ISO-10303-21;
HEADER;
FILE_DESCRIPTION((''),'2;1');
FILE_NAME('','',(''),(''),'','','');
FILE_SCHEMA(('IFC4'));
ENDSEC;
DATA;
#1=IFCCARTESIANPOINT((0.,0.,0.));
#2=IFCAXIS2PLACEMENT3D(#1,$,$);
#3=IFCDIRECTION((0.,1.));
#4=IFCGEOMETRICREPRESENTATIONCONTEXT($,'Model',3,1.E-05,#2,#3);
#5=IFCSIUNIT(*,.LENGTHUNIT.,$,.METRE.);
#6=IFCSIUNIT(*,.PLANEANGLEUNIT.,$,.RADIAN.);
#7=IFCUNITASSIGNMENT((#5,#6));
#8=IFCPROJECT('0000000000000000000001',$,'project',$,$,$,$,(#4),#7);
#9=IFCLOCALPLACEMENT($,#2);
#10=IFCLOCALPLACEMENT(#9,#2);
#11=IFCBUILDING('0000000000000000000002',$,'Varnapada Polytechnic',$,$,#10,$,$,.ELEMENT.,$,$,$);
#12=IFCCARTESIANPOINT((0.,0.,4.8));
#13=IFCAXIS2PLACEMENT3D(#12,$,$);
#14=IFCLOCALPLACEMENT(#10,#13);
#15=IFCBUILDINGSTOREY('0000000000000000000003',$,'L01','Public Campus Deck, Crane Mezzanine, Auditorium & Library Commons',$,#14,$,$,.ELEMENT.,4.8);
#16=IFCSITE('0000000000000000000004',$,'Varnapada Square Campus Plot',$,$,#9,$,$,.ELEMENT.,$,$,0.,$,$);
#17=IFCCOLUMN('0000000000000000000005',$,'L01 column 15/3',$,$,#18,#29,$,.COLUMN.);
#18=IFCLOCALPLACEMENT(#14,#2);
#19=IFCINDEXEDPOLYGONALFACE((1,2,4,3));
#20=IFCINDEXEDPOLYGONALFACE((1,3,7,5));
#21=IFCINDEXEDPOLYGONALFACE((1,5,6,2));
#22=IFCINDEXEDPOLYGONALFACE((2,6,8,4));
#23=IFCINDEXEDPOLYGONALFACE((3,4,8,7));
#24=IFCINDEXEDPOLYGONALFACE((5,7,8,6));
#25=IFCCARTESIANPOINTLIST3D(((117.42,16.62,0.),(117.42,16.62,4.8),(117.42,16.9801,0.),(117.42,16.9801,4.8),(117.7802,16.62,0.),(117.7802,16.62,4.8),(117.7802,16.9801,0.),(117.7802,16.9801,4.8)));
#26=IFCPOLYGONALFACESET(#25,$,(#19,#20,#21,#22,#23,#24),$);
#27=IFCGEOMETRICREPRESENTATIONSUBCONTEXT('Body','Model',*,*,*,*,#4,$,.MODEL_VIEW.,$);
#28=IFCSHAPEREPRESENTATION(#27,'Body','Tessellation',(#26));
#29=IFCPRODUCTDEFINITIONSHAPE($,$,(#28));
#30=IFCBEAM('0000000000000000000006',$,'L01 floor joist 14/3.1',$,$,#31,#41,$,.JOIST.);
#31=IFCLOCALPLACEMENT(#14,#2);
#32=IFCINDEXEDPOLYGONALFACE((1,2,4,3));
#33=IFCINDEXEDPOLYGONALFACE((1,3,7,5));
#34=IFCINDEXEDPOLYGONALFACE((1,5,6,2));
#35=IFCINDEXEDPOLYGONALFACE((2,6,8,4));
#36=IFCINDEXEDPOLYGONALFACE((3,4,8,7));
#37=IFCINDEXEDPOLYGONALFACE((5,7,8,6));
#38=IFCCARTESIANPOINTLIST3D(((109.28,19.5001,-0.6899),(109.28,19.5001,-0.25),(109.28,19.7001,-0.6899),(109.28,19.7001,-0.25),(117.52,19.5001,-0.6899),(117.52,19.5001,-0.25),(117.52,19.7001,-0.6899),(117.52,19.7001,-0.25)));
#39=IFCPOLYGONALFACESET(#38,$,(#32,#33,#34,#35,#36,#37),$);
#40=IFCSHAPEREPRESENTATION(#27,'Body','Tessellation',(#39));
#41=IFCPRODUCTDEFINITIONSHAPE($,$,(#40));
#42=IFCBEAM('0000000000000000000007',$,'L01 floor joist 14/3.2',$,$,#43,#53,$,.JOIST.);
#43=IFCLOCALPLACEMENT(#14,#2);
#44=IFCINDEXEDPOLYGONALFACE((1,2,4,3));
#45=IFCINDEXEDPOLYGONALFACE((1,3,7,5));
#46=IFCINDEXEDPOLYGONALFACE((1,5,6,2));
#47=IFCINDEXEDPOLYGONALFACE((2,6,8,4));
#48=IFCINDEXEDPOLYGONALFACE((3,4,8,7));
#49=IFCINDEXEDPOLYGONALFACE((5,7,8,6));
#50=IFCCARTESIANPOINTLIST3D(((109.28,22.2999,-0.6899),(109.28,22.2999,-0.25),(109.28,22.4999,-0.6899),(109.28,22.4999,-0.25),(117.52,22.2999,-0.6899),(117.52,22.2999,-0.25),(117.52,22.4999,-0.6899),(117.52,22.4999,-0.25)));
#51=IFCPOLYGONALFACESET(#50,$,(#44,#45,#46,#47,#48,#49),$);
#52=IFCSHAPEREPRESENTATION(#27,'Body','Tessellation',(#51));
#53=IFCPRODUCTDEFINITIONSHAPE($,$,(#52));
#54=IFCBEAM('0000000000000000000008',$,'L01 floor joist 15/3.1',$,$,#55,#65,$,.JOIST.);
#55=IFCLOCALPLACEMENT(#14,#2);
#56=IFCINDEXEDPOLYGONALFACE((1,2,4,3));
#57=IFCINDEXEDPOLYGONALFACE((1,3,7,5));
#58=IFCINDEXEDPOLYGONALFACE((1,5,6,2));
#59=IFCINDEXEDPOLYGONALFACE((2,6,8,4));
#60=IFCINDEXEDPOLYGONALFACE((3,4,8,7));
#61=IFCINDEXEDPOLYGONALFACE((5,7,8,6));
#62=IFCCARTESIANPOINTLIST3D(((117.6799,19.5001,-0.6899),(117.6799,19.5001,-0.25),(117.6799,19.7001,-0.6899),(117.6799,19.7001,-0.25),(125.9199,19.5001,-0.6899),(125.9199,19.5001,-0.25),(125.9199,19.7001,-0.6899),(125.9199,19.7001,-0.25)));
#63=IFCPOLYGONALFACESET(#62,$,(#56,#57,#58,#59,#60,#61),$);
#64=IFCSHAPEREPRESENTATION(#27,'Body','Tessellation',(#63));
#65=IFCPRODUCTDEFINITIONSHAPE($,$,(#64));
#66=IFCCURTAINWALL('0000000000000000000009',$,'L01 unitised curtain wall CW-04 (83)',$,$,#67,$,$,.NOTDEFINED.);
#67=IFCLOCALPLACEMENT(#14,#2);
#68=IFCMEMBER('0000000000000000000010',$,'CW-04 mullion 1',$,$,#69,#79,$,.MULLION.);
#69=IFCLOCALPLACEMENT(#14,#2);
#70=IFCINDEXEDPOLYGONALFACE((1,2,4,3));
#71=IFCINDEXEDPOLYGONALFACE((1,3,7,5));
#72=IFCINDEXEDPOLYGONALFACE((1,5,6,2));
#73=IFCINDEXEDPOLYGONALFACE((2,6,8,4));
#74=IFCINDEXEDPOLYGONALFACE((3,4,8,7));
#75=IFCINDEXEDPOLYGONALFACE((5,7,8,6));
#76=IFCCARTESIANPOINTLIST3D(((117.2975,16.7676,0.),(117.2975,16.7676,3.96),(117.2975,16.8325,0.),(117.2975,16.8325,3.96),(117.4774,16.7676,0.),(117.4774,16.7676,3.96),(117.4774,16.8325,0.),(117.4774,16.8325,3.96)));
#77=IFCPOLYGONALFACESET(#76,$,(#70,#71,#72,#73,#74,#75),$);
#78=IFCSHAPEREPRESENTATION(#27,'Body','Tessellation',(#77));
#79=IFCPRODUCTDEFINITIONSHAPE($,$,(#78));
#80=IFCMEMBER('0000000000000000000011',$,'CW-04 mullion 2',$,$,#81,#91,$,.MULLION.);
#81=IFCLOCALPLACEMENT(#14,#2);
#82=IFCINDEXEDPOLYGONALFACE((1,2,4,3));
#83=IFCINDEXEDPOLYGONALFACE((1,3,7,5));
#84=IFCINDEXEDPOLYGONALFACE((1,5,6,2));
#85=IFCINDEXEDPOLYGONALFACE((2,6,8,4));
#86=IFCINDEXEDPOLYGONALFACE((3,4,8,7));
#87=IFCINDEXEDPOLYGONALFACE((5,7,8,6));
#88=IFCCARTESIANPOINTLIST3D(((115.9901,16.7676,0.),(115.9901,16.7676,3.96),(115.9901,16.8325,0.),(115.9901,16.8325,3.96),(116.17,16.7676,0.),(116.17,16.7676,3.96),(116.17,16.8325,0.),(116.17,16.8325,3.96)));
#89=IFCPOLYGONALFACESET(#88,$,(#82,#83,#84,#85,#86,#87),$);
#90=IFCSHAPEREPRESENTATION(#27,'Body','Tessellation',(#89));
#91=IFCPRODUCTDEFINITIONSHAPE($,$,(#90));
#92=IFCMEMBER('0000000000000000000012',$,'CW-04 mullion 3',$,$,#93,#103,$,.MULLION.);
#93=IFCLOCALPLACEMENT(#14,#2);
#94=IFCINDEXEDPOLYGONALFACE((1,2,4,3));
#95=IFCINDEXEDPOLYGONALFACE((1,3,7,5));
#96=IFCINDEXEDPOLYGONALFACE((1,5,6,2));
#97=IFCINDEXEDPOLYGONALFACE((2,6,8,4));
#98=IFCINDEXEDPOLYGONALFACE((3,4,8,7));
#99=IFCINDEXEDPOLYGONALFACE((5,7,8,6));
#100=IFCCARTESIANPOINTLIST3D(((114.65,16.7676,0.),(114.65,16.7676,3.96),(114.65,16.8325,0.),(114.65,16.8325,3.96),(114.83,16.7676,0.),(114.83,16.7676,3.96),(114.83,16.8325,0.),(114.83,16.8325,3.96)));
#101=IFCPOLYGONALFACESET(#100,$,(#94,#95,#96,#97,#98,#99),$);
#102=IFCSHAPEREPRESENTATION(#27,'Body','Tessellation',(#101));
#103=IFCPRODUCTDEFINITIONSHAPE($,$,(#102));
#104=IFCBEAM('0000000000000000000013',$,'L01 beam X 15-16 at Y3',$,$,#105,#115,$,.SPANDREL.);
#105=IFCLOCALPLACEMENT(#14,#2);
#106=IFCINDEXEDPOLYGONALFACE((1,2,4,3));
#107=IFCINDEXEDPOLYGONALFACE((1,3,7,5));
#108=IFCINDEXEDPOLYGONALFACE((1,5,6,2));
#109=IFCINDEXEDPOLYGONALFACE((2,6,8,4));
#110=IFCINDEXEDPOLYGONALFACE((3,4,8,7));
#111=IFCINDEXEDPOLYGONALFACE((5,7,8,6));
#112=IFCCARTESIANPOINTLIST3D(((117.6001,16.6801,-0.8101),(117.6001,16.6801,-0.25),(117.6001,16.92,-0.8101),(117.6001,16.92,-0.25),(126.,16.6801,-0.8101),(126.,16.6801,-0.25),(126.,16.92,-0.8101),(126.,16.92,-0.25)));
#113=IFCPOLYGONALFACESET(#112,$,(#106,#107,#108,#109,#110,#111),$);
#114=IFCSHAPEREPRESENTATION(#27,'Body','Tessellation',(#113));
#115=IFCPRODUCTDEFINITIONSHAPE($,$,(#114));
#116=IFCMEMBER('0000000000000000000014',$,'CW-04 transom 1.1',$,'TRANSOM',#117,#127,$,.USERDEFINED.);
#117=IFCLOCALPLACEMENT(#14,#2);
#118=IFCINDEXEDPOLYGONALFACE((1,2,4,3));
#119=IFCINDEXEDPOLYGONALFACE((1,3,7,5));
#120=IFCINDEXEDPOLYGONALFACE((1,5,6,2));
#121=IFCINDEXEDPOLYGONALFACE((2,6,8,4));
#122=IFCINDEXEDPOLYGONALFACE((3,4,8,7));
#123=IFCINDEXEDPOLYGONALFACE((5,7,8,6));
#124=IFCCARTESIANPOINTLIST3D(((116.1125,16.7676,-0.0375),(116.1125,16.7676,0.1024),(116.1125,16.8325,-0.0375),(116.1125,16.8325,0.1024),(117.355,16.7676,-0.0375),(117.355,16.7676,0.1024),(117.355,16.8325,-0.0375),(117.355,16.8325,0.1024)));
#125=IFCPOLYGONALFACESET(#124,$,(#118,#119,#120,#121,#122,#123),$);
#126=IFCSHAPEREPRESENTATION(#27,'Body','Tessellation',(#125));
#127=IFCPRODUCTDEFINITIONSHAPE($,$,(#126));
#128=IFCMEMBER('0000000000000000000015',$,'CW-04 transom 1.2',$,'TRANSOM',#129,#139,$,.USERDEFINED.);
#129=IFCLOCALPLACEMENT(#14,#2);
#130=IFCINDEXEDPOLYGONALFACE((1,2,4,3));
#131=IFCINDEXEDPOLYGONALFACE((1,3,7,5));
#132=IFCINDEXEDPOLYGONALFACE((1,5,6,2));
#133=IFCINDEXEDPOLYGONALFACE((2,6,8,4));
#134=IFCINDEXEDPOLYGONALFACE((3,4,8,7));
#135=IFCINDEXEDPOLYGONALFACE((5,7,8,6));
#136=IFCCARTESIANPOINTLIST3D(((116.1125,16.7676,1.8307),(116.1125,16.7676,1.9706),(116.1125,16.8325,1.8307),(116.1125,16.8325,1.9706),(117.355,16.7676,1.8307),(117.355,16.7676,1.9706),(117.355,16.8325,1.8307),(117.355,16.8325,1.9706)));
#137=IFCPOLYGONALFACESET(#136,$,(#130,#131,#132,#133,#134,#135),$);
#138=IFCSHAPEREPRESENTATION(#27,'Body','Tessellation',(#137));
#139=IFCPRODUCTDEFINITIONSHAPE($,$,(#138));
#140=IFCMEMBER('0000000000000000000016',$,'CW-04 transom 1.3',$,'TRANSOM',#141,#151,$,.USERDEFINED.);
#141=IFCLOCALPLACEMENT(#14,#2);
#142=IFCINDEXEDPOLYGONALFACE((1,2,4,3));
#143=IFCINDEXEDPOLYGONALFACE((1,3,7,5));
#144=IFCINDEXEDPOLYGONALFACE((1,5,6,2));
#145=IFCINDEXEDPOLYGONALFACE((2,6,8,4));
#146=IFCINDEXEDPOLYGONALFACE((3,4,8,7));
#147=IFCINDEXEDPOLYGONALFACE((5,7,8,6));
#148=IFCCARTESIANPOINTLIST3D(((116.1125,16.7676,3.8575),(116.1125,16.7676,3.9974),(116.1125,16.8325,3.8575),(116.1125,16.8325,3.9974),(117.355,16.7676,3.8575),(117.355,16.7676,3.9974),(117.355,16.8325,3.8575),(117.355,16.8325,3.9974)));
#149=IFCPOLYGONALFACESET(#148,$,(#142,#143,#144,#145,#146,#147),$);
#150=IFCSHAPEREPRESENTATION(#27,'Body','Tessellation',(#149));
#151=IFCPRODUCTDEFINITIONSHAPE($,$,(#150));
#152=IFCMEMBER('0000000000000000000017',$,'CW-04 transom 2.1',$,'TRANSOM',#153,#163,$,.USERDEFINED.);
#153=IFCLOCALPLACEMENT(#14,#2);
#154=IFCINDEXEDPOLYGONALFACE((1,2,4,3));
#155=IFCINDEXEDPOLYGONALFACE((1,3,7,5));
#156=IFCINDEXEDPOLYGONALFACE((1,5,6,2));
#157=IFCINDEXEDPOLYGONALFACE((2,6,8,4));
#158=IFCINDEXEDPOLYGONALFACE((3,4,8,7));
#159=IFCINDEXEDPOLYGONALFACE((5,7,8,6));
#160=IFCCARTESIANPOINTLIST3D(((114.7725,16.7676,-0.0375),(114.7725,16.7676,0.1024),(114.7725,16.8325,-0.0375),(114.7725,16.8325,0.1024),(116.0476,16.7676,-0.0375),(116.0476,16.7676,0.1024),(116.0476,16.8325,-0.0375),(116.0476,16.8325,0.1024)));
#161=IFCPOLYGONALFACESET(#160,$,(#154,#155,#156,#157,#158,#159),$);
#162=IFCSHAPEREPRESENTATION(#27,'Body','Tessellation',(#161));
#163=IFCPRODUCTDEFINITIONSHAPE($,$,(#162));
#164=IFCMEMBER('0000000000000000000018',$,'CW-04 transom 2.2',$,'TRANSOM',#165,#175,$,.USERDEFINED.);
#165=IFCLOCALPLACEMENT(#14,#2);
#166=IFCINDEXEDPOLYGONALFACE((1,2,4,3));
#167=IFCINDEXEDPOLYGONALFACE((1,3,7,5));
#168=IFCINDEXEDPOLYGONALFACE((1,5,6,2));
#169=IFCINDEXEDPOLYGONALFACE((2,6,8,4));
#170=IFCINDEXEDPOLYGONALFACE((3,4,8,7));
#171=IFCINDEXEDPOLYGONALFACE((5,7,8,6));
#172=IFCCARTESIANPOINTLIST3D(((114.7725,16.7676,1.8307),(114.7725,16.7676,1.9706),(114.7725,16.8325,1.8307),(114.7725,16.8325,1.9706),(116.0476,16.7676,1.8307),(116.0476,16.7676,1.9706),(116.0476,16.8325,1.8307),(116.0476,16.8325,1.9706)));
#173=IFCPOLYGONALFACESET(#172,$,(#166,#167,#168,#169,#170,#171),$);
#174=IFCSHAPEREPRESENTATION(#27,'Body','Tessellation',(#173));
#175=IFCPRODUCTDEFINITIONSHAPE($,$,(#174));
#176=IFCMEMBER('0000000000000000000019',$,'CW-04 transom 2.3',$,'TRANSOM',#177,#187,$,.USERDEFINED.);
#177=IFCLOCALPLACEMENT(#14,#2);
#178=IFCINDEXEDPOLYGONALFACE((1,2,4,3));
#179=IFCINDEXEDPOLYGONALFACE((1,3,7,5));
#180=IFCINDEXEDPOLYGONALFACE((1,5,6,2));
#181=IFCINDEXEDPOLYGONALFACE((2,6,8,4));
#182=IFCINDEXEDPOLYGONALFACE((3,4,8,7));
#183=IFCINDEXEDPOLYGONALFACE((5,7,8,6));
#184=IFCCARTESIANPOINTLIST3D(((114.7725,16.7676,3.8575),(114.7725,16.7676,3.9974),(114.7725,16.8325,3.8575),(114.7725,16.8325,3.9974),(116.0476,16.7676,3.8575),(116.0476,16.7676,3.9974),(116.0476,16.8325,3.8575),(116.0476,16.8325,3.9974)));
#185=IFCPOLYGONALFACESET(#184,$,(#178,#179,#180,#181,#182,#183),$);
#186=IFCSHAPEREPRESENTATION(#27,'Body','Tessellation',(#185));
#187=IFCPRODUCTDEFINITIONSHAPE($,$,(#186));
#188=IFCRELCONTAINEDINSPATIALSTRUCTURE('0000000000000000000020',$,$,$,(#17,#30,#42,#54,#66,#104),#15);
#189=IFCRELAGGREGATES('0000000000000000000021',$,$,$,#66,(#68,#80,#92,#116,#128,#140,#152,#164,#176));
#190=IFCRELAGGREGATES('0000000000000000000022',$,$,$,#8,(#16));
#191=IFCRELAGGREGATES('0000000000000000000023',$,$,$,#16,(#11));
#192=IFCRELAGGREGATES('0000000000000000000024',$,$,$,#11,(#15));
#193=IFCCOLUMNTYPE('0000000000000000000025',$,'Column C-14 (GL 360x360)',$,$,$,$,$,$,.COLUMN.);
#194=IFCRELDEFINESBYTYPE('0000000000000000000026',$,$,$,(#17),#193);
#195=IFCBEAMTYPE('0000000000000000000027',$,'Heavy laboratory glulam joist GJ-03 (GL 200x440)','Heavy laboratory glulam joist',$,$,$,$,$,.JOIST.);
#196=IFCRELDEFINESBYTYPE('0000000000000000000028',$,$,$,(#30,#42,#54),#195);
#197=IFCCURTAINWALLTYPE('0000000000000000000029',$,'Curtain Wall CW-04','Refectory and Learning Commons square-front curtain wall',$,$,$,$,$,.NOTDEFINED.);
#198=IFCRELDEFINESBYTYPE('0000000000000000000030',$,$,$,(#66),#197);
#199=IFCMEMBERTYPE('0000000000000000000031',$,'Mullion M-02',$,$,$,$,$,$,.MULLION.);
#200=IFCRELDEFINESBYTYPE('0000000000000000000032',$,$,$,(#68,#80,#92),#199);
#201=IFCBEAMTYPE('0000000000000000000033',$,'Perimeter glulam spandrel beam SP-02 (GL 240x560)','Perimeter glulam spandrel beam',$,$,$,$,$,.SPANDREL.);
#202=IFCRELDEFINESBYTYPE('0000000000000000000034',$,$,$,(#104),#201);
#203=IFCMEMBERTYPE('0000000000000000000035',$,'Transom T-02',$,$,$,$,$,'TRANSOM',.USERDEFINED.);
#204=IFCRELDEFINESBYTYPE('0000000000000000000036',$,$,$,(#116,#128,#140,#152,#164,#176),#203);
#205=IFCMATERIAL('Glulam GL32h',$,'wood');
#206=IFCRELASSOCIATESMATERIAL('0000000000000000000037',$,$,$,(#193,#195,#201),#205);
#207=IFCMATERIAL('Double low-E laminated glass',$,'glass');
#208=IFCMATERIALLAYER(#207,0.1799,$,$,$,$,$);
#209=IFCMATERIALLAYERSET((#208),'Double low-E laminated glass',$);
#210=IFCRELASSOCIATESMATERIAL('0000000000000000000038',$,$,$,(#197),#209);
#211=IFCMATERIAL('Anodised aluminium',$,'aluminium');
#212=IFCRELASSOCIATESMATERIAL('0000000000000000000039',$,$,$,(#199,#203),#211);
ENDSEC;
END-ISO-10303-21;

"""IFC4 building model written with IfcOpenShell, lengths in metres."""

from ifc_helpers import new_model, si_unit, direction, frame, origin, origin_2d, place, context, subcontext, project, spatial, rectangle, extrude, material, layer, layer_set, material_profile, profile_set, type_object, element, aggregate, save


model = new_model("IFC4")

# Units and contexts
model_context = context("Model", 3, precision=1e-05, world=origin(), true_north=direction((0.0, 1.0)))
body_context = subcontext(model_context, "Body", "Model", "MODEL_VIEW")
ifc_project = project(units=[si_unit("LENGTHUNIT", "METRE"), si_unit("PLANEANGLEUNIT", "RADIAN")], contexts=[model_context])

# Site, building, storey
site_placement = place(None, origin())
site = spatial("IfcSite", under=ifc_project, at=site_placement, Name="Varnapada Square Campus Plot", CompositionType="ELEMENT", RefElevation=0.0)
building_placement = place(site_placement, origin())
building = spatial("IfcBuilding", under=site, at=building_placement, Name="Varnapada Polytechnic", CompositionType="ELEMENT")
storey_placement = place(building_placement, frame((0.0, 0.0, 4.8)))
storey = spatial("IfcBuildingStorey", under=building, at=storey_placement, Name="L01", Description="Public Campus Deck, Crane Mezzanine, Auditorium & Library Commons", CompositionType="ELEMENT", Elevation=4.8)

# Column
ifc_material_1 = material(Name="Glulam GL32h", Category="wood")
ifc_material_profile_1 = material_profile(ifc_material_1, rectangle(XDim=0.3601, YDim=0.3601, at=origin_2d()), Name="GL 360x360")
ifc_profile_set_1 = profile_set([ifc_material_profile_1], Name="Glulam GL32h")
column_type = type_object("IfcColumnType", Name="Column C-14 (GL 360x360)", PredefinedType="COLUMN", material=ifc_profile_set_1)
column_placement = place(storey_placement, frame((117.6001, 16.8, 0.0), z_axis=(0.0, 0.0, 1.0), x_axis=(1.0, 0.0, 0.0)))
element("IfcColumn", 1, at=column_placement, inside=storey, type_object=column_type, Name="L01 column 15/3", PredefinedType="COLUMN", context=body_context, shape_type="SweptSolid", body=[
    extrude(rectangle(XDim=0.3601, YDim=0.3601, at=origin_2d()), origin(), (0.0, 0.0, 1.0), 4.8),
])

# Beams
ifc_material_profile_2 = material_profile(ifc_material_1, rectangle(XDim=0.2, YDim=0.4399, at=origin_2d()), Name="GL 200x440")
ifc_profile_set_2 = profile_set([ifc_material_profile_2], Name="Glulam GL32h")
beam_type_1 = type_object("IfcBeamType", Name="Heavy laboratory glulam joist GJ-03 (GL 200x440)", Description="Heavy laboratory glulam joist", PredefinedType="JOIST", material=ifc_profile_set_2)
for number, where, z_axis, x_axis, name in (
    (2, (109.28, 19.6001, -0.47), (1.0, 0.0, 0.0), (0.0, 1.0, 0.0), "L01 floor joist 14/3.1"),
    (3, (109.28, 22.3999, -0.47), (1.0, 0.0, 0.0), (0.0, 1.0, 0.0), "L01 floor joist 14/3.2"),
    (4, (117.6799, 19.6001, -0.47), (1.0, 0.0, 0.0), (0.0, 1.0, 0.0), "L01 floor joist 15/3.1"),
):
    element("IfcBeam", number, at=place(storey_placement, frame(where, z_axis=z_axis, x_axis=x_axis)), inside=storey, type_object=beam_type_1, Name=name, PredefinedType="JOIST", context=body_context, shape_type="SweptSolid", body=[
        extrude(rectangle(XDim=0.2, YDim=0.4399, at=origin_2d()), origin(), (0.0, 0.0, 1.0), 8.24),
    ])

# Curtain wall, members
ifc_material_2 = material(Name="Double low-E laminated glass", Category="glass")
ifc_layer_1 = layer(ifc_material_2, 0.1799)
ifc_layer_set_1 = layer_set([ifc_layer_1], Name="Double low-E laminated glass")
curtain_wall_type = type_object("IfcCurtainWallType", Name="Curtain Wall CW-04", Description="Refectory and Learning Commons square-front curtain wall", PredefinedType="NOTDEFINED", material=ifc_layer_set_1)
curtain_wall_placement = place(storey_placement, origin())
curtain_wall = element("IfcCurtainWall", 5, at=curtain_wall_placement, inside=storey, type_object=curtain_wall_type, Name="L01 unitised curtain wall CW-04 (83)", PredefinedType="NOTDEFINED")
ifc_material_3 = material(Name="Anodised aluminium", Category="aluminium")
ifc_material_profile_3 = material_profile(ifc_material_3, rectangle(XDim=0.0649, YDim=0.1799, at=origin_2d()), Name="ALU M65x180")
ifc_profile_set_3 = profile_set([ifc_material_profile_3], Name="Anodised aluminium")
member_type_1 = type_object("IfcMemberType", Name="Mullion M-02", PredefinedType="MULLION", material=ifc_profile_set_3)
member_1_placement = place(storey_placement, frame((117.3875, 16.8, 0.0), z_axis=(0.0, 0.0, 1.0), x_axis=(0.0, -1.0, 0.0)))
member_1 = element("IfcMember", 6, at=member_1_placement, type_object=member_type_1, Name="CW-04 mullion 1", PredefinedType="MULLION", context=body_context, shape_type="SweptSolid", body=[
    extrude(rectangle(XDim=0.0649, YDim=0.1799, at=origin_2d()), origin(), (0.0, 0.0, 1.0), 3.96),
])
member_2_placement = place(storey_placement, frame((116.0801, 16.8, 0.0), z_axis=(0.0, 0.0, 1.0), x_axis=(0.0, -1.0, 0.0)))
member_2 = element("IfcMember", 7, at=member_2_placement, type_object=member_type_1, Name="CW-04 mullion 2", PredefinedType="MULLION", context=body_context, shape_type="SweptSolid", body=[
    extrude(rectangle(XDim=0.0649, YDim=0.1799, at=origin_2d()), origin(), (0.0, 0.0, 1.0), 3.96),
])
member_3_placement = place(storey_placement, frame((114.74, 16.8, 0.0), z_axis=(0.0, 0.0, 1.0), x_axis=(0.0, -1.0, 0.0)))
member_3 = element("IfcMember", 8, at=member_3_placement, type_object=member_type_1, Name="CW-04 mullion 3", PredefinedType="MULLION", context=body_context, shape_type="SweptSolid", body=[
    extrude(rectangle(XDim=0.0649, YDim=0.1799, at=origin_2d()), origin(), (0.0, 0.0, 1.0), 3.96),
])

# Beam
ifc_material_profile_4 = material_profile(ifc_material_1, rectangle(XDim=0.24, YDim=0.5601, at=origin_2d()), Name="GL 240x560")
ifc_profile_set_4 = profile_set([ifc_material_profile_4], Name="Glulam GL32h")
beam_type_2 = type_object("IfcBeamType", Name="Perimeter glulam spandrel beam SP-02 (GL 240x560)", Description="Perimeter glulam spandrel beam", PredefinedType="SPANDREL", material=ifc_profile_set_4)
beam_1_placement = place(storey_placement, frame((117.6001, 16.8, -0.53), z_axis=(1.0, 0.0, 0.0), x_axis=(0.0, 1.0, 0.0)))
element("IfcBeam", 9, at=beam_1_placement, inside=storey, type_object=beam_type_2, Name="L01 beam X 15-16 at Y3", PredefinedType="SPANDREL", context=body_context, shape_type="SweptSolid", body=[
    extrude(rectangle(XDim=0.24, YDim=0.5601, at=origin_2d()), origin(), (0.0, 0.0, 1.0), 8.3999),
])

# Members
ifc_material_profile_5 = material_profile(ifc_material_3, rectangle(XDim=0.0649, YDim=0.1399, at=origin_2d()), Name="ALU T65x140")
ifc_profile_set_5 = profile_set([ifc_material_profile_5], Name="Anodised aluminium")
member_type_2 = type_object("IfcMemberType", Name="Transom T-02", ElementType="TRANSOM", PredefinedType="USERDEFINED", material=ifc_profile_set_5)
member_4_placement = place(storey_placement, frame((117.355, 16.8, 0.0325), z_axis=(-1.0, 0.0, 0.0), x_axis=(0.0, -1.0, 0.0)))
member_4 = element("IfcMember", 10, at=member_4_placement, type_object=member_type_2, Name="CW-04 transom 1.1", ObjectType="TRANSOM", PredefinedType="USERDEFINED", context=body_context, shape_type="SweptSolid", body=[
    extrude(rectangle(XDim=0.0649, YDim=0.1399, at=origin_2d()), origin(), (0.0, 0.0, 1.0), 1.2424),
])
member_5_placement = place(storey_placement, frame((117.355, 16.8, 1.9006), z_axis=(-1.0, 0.0, 0.0), x_axis=(0.0, -1.0, 0.0)))
member_5 = element("IfcMember", 11, at=member_5_placement, type_object=member_type_2, Name="CW-04 transom 1.2", ObjectType="TRANSOM", PredefinedType="USERDEFINED", context=body_context, shape_type="SweptSolid", body=[
    extrude(rectangle(XDim=0.0649, YDim=0.1399, at=origin_2d()), origin(), (0.0, 0.0, 1.0), 1.2424),
])
member_6_placement = place(storey_placement, frame((117.355, 16.8, 3.9275), z_axis=(-1.0, 0.0, 0.0), x_axis=(0.0, -1.0, 0.0)))
member_6 = element("IfcMember", 12, at=member_6_placement, type_object=member_type_2, Name="CW-04 transom 1.3", ObjectType="TRANSOM", PredefinedType="USERDEFINED", context=body_context, shape_type="SweptSolid", body=[
    extrude(rectangle(XDim=0.0649, YDim=0.1399, at=origin_2d()), origin(), (0.0, 0.0, 1.0), 1.2424),
])
member_7_placement = place(storey_placement, frame((116.0476, 16.8, 0.0325), z_axis=(-1.0, 0.0, 0.0), x_axis=(0.0, -1.0, 0.0)))
member_7 = element("IfcMember", 13, at=member_7_placement, type_object=member_type_2, Name="CW-04 transom 2.1", ObjectType="TRANSOM", PredefinedType="USERDEFINED", context=body_context, shape_type="SweptSolid", body=[
    extrude(rectangle(XDim=0.0649, YDim=0.1399, at=origin_2d()), origin(), (0.0, 0.0, 1.0), 1.2751),
])
member_8_placement = place(storey_placement, frame((116.0476, 16.8, 1.9006), z_axis=(-1.0, 0.0, 0.0), x_axis=(0.0, -1.0, 0.0)))
member_8 = element("IfcMember", 14, at=member_8_placement, type_object=member_type_2, Name="CW-04 transom 2.2", ObjectType="TRANSOM", PredefinedType="USERDEFINED", context=body_context, shape_type="SweptSolid", body=[
    extrude(rectangle(XDim=0.0649, YDim=0.1399, at=origin_2d()), origin(), (0.0, 0.0, 1.0), 1.2751),
])
member_9_placement = place(storey_placement, frame((116.0476, 16.8, 3.9275), z_axis=(-1.0, 0.0, 0.0), x_axis=(0.0, -1.0, 0.0)))
member_9 = element("IfcMember", 15, at=member_9_placement, type_object=member_type_2, Name="CW-04 transom 2.3", ObjectType="TRANSOM", PredefinedType="USERDEFINED", context=body_context, shape_type="SweptSolid", body=[
    extrude(rectangle(XDim=0.0649, YDim=0.1399, at=origin_2d()), origin(), (0.0, 0.0, 1.0), 1.2751),
])

aggregate(curtain_wall, [member_1, member_2, member_3, member_4, member_5, member_6, member_7, member_8, member_9])

save(model, "model.ifc")
